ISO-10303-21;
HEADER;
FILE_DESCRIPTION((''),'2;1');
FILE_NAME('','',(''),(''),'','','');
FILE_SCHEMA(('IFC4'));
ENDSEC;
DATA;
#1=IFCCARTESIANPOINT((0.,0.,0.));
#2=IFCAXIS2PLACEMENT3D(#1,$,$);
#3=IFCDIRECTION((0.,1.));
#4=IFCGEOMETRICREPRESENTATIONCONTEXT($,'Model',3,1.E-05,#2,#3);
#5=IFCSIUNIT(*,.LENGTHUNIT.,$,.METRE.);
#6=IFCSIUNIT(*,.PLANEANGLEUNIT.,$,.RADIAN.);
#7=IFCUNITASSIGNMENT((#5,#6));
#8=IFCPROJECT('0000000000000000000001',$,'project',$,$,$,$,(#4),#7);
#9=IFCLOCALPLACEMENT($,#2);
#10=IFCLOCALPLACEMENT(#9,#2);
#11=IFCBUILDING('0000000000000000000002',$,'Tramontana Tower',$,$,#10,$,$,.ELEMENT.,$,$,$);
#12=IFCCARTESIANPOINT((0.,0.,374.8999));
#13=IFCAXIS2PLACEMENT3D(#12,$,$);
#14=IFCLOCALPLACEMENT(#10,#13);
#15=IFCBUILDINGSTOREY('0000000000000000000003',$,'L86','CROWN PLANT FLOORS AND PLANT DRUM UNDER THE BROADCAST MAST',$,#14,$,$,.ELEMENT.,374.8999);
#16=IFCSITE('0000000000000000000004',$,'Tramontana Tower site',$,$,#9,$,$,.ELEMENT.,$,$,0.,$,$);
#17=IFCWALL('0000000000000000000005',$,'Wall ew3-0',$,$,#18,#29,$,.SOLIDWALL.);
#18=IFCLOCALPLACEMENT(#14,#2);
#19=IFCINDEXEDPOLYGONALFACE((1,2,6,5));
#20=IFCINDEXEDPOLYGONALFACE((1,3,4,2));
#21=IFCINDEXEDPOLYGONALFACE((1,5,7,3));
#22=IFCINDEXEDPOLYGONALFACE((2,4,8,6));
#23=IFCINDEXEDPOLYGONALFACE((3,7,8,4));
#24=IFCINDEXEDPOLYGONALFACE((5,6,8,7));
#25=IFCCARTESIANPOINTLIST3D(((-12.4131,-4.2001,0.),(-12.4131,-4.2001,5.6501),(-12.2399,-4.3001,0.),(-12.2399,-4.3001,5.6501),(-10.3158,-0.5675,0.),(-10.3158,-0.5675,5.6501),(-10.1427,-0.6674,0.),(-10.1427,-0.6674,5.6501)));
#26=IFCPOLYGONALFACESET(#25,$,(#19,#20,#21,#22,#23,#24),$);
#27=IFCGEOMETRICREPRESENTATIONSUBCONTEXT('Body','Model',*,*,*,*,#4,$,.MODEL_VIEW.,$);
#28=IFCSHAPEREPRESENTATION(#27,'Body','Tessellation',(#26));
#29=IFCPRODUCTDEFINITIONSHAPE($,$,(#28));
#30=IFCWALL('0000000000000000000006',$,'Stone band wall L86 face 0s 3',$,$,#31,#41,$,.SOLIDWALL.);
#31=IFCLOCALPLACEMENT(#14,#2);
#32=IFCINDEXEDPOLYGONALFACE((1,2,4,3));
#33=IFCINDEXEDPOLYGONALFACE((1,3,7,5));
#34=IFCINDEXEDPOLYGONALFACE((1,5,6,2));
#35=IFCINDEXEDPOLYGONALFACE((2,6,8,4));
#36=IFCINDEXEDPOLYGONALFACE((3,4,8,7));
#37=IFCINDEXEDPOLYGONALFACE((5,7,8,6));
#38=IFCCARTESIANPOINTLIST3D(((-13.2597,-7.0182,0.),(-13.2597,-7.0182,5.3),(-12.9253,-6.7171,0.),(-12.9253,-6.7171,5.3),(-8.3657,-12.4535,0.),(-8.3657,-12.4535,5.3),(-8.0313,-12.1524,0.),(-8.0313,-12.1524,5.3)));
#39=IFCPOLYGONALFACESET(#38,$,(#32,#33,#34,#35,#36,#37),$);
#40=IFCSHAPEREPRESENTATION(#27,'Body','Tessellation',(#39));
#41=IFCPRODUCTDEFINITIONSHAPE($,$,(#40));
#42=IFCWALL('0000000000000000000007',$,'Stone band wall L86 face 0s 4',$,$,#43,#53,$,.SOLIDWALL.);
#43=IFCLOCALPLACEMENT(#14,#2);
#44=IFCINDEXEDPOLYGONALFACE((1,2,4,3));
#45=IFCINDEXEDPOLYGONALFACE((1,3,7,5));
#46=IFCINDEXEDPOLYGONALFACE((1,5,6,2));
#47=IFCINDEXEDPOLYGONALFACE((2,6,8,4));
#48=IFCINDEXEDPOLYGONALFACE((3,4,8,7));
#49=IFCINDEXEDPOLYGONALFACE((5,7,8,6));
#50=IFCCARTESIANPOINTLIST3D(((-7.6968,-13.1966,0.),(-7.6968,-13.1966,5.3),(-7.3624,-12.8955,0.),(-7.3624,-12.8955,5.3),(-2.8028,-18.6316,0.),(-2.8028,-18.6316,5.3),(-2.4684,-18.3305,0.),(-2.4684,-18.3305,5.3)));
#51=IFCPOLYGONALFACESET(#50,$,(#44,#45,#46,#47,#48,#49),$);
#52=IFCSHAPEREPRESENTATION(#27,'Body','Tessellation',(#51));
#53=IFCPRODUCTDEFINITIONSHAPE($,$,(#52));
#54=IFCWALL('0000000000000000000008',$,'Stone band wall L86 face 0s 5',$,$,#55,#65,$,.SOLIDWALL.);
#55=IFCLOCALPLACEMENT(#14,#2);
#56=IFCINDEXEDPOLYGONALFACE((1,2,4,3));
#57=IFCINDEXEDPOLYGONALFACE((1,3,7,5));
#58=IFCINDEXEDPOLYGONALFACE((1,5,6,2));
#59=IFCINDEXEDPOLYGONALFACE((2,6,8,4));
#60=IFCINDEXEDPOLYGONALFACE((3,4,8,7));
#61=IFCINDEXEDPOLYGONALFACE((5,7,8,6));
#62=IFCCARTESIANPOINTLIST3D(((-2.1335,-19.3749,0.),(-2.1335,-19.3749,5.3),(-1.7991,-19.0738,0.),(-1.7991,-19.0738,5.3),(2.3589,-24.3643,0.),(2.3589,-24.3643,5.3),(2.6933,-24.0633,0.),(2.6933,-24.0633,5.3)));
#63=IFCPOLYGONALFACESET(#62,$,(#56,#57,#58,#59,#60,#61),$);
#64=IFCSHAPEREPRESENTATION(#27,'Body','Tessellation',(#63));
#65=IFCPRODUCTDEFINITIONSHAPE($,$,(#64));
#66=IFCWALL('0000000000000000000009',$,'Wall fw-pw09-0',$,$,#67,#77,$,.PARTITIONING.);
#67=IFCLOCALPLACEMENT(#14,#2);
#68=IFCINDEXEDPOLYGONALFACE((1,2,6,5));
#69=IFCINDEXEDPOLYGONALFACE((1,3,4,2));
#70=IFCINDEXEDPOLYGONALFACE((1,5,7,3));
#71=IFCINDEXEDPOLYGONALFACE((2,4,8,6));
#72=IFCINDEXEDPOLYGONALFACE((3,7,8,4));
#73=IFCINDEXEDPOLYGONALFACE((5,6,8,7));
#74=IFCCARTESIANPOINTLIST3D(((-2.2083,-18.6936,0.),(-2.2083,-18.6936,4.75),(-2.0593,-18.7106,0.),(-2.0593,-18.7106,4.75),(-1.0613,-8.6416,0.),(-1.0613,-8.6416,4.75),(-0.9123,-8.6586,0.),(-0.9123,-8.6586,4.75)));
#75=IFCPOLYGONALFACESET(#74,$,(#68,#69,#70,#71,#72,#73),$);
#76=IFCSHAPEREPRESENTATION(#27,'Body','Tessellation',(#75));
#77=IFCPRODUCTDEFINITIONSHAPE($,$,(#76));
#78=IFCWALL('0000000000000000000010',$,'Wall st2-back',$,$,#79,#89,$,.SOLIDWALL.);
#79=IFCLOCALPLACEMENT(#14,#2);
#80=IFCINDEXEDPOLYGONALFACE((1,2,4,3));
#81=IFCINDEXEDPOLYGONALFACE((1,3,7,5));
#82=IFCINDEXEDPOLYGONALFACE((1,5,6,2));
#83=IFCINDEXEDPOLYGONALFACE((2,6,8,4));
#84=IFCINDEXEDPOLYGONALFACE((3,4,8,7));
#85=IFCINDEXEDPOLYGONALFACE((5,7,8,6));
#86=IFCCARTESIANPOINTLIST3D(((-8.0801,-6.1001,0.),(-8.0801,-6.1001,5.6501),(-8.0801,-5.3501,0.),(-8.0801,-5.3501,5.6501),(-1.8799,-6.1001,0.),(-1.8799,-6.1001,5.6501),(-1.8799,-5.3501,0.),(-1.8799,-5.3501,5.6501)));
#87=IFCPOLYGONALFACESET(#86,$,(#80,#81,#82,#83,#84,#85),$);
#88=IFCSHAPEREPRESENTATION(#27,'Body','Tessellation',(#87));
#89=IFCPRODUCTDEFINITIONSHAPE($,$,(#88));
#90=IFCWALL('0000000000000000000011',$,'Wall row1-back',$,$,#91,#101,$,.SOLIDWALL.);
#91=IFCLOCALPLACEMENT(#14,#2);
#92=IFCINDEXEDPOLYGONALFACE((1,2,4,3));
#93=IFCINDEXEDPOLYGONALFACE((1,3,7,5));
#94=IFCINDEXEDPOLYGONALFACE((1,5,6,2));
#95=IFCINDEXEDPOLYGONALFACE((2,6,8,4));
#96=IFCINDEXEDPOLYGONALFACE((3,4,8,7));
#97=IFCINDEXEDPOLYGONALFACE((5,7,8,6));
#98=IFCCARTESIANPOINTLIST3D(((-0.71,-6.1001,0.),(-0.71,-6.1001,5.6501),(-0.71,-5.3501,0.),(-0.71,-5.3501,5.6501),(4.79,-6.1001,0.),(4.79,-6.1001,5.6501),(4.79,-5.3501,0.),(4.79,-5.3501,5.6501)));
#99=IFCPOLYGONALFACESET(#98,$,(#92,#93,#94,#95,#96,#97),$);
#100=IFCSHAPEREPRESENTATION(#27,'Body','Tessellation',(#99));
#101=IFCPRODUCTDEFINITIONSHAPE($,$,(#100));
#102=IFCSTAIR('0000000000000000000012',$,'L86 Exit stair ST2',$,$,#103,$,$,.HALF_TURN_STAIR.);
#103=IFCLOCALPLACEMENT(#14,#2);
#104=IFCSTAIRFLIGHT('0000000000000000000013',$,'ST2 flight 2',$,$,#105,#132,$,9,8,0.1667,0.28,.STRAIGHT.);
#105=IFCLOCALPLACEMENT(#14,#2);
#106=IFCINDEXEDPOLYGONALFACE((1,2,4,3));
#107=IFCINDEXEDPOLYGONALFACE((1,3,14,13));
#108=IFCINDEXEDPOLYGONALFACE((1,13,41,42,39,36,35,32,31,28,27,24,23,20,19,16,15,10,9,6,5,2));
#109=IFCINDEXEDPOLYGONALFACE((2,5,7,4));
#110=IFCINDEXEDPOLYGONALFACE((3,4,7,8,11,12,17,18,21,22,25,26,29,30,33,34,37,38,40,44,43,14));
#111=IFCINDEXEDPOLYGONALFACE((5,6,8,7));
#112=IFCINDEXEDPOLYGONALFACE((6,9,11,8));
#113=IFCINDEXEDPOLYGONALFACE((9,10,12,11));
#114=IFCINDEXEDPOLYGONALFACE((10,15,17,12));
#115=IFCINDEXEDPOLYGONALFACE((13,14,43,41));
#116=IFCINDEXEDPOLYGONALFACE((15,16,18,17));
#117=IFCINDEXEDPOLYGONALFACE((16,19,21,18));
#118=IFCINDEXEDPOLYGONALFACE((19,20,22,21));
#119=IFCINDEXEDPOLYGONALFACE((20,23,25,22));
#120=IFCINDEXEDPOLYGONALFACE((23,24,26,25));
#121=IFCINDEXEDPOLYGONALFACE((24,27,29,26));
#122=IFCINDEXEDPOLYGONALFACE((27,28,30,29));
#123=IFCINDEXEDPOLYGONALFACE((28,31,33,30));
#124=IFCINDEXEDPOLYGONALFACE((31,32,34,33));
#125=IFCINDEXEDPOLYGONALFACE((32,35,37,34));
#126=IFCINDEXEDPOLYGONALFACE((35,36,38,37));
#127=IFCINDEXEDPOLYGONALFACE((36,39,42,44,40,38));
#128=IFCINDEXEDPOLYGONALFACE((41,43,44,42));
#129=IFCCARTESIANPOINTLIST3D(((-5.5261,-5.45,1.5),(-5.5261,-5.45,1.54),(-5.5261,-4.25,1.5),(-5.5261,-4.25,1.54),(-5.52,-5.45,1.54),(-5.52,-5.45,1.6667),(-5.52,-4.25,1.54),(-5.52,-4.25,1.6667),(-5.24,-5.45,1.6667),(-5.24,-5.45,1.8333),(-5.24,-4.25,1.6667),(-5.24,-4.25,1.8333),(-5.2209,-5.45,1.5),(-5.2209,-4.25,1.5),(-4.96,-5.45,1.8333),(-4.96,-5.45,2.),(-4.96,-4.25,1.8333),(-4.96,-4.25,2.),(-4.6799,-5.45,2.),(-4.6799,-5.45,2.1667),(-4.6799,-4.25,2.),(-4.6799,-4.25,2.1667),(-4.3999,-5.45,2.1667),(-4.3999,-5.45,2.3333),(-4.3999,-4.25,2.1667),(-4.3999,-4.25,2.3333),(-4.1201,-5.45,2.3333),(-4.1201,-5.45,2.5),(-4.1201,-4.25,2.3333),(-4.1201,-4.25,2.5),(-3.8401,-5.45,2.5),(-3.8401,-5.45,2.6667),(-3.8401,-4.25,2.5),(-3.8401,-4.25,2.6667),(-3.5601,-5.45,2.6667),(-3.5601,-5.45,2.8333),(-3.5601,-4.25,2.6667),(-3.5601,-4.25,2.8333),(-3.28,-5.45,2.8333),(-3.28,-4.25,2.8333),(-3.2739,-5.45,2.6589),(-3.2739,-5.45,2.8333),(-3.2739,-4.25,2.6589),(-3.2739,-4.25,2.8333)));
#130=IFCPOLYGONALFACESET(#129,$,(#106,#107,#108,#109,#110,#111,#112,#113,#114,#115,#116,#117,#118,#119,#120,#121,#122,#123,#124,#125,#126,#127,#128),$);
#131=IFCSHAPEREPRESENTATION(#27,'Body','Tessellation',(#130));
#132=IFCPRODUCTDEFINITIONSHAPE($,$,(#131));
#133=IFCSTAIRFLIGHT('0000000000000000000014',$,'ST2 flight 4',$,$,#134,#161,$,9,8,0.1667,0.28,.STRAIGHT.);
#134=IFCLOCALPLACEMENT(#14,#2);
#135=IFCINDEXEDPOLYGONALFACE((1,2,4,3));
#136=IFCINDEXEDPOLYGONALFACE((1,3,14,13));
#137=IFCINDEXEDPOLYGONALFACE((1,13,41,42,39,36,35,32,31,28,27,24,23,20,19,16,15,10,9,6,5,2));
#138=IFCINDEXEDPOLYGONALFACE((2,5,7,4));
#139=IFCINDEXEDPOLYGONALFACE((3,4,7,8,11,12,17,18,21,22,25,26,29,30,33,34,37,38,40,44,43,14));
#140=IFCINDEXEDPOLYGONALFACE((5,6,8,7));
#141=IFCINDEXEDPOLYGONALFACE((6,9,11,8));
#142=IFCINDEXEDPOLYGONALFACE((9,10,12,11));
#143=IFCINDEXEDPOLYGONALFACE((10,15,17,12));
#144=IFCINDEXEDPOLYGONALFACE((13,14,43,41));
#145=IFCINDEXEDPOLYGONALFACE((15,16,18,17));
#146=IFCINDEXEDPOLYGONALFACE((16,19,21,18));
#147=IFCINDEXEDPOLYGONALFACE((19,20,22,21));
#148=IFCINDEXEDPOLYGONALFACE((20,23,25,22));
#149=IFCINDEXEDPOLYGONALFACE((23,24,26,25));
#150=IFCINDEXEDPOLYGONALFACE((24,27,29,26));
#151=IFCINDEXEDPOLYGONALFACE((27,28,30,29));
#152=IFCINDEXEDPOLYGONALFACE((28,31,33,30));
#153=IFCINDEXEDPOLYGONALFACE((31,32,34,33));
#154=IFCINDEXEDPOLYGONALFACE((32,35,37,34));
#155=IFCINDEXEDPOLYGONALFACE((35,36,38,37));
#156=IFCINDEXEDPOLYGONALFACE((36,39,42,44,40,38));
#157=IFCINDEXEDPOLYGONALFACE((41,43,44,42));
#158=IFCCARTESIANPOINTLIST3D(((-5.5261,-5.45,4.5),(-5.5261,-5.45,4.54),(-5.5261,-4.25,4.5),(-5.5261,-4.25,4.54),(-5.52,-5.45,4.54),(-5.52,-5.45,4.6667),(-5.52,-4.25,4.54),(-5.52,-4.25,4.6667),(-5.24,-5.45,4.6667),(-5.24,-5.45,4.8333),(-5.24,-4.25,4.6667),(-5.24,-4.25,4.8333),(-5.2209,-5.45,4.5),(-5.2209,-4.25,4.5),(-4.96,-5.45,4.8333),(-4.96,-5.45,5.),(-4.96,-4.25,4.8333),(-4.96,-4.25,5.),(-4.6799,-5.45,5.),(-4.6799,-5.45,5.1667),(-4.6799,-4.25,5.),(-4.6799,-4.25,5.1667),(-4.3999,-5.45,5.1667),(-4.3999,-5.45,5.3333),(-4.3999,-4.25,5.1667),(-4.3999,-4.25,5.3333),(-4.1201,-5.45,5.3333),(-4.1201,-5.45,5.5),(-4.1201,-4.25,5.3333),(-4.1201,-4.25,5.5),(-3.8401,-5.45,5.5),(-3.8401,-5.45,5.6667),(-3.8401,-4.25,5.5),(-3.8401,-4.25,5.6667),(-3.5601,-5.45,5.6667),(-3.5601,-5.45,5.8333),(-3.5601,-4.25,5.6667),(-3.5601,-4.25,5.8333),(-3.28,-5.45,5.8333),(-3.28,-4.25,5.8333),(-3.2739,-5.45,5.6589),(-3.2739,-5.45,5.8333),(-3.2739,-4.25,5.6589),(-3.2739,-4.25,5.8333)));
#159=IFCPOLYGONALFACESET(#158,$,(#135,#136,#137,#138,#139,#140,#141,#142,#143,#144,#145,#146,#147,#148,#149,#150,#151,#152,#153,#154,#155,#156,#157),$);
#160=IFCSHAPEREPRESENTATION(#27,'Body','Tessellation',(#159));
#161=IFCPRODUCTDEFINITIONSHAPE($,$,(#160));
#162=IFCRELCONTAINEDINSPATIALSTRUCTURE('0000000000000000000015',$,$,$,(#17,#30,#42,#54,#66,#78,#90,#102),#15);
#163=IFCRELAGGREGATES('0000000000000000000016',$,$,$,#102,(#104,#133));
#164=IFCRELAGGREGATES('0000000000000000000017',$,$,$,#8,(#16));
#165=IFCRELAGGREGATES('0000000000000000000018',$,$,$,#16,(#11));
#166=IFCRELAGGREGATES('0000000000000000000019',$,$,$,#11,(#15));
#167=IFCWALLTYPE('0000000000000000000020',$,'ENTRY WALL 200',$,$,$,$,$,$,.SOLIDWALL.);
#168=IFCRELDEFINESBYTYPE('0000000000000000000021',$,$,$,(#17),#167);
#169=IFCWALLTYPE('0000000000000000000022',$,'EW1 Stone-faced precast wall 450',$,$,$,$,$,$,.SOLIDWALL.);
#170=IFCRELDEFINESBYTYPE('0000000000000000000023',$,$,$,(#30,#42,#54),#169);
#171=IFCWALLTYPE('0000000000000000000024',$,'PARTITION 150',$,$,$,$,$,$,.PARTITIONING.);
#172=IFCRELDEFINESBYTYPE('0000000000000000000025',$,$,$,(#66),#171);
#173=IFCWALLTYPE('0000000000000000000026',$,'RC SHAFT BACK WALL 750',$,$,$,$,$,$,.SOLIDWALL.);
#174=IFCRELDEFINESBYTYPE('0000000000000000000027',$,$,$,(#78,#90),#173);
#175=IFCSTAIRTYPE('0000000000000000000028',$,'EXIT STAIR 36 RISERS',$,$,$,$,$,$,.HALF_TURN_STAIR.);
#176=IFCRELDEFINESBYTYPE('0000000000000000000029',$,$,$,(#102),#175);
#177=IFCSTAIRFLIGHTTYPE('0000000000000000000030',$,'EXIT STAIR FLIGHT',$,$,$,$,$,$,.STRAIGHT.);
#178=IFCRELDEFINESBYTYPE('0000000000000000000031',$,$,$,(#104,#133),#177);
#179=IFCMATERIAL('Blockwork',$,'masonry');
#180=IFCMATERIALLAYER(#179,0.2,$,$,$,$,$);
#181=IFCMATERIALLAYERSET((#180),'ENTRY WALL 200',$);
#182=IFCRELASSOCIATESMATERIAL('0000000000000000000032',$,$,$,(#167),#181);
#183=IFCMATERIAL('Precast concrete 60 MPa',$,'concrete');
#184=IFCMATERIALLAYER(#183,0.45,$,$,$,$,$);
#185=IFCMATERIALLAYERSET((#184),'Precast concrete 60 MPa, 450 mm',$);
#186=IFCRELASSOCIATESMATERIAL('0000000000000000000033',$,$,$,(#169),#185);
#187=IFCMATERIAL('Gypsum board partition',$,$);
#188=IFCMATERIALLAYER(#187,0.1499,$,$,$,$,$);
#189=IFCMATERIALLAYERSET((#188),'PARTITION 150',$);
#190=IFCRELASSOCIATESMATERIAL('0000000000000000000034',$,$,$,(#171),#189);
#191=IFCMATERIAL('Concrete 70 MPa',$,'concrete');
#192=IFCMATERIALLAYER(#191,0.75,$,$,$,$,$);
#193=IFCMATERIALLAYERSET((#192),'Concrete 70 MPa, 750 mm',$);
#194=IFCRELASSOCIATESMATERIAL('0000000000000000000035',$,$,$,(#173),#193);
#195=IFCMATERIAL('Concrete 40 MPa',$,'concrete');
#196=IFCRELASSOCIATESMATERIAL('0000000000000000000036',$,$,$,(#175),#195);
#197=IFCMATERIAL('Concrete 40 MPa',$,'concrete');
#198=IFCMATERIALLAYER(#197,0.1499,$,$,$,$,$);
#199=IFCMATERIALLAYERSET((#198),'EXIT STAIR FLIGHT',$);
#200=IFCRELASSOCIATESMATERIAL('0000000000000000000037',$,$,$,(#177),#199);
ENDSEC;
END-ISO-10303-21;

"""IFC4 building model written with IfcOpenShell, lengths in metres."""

from ifc_helpers import new_model, si_unit, direction, frame, frame_2d, origin, place, context, subcontext, project, spatial, polyline, rectangle, outline, extrude, material, layer, layer_set, type_object, element, aggregate, save


model = new_model("IFC4")

# Units and contexts
model_context = context("Model", 3, precision=1e-05, world=origin(), true_north=direction((0.0, 1.0)))
body_context = subcontext(model_context, "Body", "Model", "MODEL_VIEW")
ifc_project = project(units=[si_unit("LENGTHUNIT", "METRE"), si_unit("PLANEANGLEUNIT", "RADIAN")], contexts=[model_context])

# Site, building, storey
site_placement = place(None, origin())
site = spatial("IfcSite", under=ifc_project, at=site_placement, Name="Tramontana Tower site", CompositionType="ELEMENT", RefElevation=0.0)
building_placement = place(site_placement, origin())
building = spatial("IfcBuilding", under=site, at=building_placement, Name="Tramontana Tower", CompositionType="ELEMENT")
storey_placement = place(building_placement, frame((0.0, 0.0, 374.8999)))
storey = spatial("IfcBuildingStorey", under=building, at=storey_placement, Name="L86", Description="CROWN PLANT FLOORS AND PLANT DRUM UNDER THE BROADCAST MAST", CompositionType="ELEMENT", Elevation=374.8999)

# Shared definitions
ifc_material_1 = material(Name="Blockwork", Category="masonry")
ifc_layer_1 = layer(ifc_material_1, 0.2)
ifc_layer_set_1 = layer_set([ifc_layer_1], Name="ENTRY WALL 200")
wall_type_1 = type_object("IfcWallType", Name="ENTRY WALL 200", PredefinedType="SOLIDWALL", material=ifc_layer_set_1)

# Walls
wall_1_placement = place(storey_placement, frame((-12.3264, -4.25, 0.0), z_axis=(0.0, 0.0, 1.0), x_axis=(0.499983, 0.866035, 0.0)))
element("IfcWall", 1, at=wall_1_placement, inside=storey, type_object=wall_type_1, Name="Wall ew3-0", PredefinedType="SOLIDWALL", context=body_context, shape_type="SweptSolid", body=[
    extrude(rectangle(XDim=4.1946, YDim=0.2, at=frame_2d((2.0972, 0.0))), origin(), (0.0, 0.0, 1.0), 5.6501),
])
ifc_material_2 = material(Name="Precast concrete 60 MPa", Category="concrete")
ifc_layer_2 = layer(ifc_material_2, 0.45)
ifc_layer_set_2 = layer_set([ifc_layer_2], Name="Precast concrete 60 MPa, 450 mm")
wall_type_2 = type_object("IfcWallType", Name="EW1 Stone-faced precast wall 450", PredefinedType="SOLIDWALL", material=ifc_layer_set_2)
wall_2_placement = place(storey_placement, frame((-13.0925, -6.8677, 0.0), z_axis=(0.0, 0.0, 1.0), x_axis=(0.669136, -0.74314, 0.0)))
element("IfcWall", 2, at=wall_2_placement, inside=storey, type_object=wall_type_2, Name="Stone band wall L86 face 0s 3", PredefinedType="SOLIDWALL", context=body_context, shape_type="SweptSolid", body=[
    extrude(rectangle(XDim=7.314, YDim=0.45, at=frame_2d((3.657, 0.0))), origin(), (0.0, 0.0, 1.0), 5.3),
])
wall_3_placement = place(storey_placement, frame((-7.5295, -13.0461, 0.0), z_axis=(0.0, 0.0, 1.0), x_axis=(0.669153, -0.743125, 0.0)))
element("IfcWall", 3, at=wall_3_placement, inside=storey, type_object=wall_type_2, Name="Stone band wall L86 face 0s 4", PredefinedType="SOLIDWALL", context=body_context, shape_type="SweptSolid", body=[
    extrude(rectangle(XDim=7.3137, YDim=0.45, at=frame_2d((3.6567, 0.0))), origin(), (0.0, 0.0, 1.0), 5.3),
])
wall_4_placement = place(storey_placement, frame((-1.9663, -19.2244, 0.0), z_axis=(0.0, 0.0, 1.0), x_axis=(0.669119, -0.743155, 0.0)))
element("IfcWall", 4, at=wall_4_placement, inside=storey, type_object=wall_type_2, Name="Stone band wall L86 face 0s 5", PredefinedType="SOLIDWALL", context=body_context, shape_type="SweptSolid", body=[
    extrude(rectangle(XDim=6.7139, YDim=0.45, at=frame_2d((3.3569, 0.0))), origin(), (0.0, 0.0, 1.0), 5.3),
])
ifc_material_3 = material(Name="Gypsum board partition")
ifc_layer_3 = layer(ifc_material_3, 0.1499)
ifc_layer_set_3 = layer_set([ifc_layer_3], Name="PARTITION 150")
wall_type_3 = type_object("IfcWallType", Name="PARTITION 150", PredefinedType="PARTITIONING", material=ifc_layer_set_3)
wall_5_placement = place(storey_placement, frame((-0.9868, -8.6501, 0.0), z_axis=(0.0, 0.0, 1.0), x_axis=(-0.113368, -0.993553, 0.0)))
element("IfcWall", 5, at=wall_5_placement, inside=storey, type_object=wall_type_3, Name="Wall fw-pw09-0", PredefinedType="PARTITIONING", context=body_context, shape_type="SweptSolid", body=[
    extrude(rectangle(XDim=10.1172, YDim=0.1499, at=frame_2d((5.0586, 0.0))), origin(), (0.0, 0.0, 1.0), 4.75),
])
ifc_material_4 = material(Name="Concrete 70 MPa", Category="concrete")
ifc_layer_4 = layer(ifc_material_4, 0.75)
ifc_layer_set_4 = layer_set([ifc_layer_4], Name="Concrete 70 MPa, 750 mm")
wall_type_4 = type_object("IfcWallType", Name="RC SHAFT BACK WALL 750", PredefinedType="SOLIDWALL", material=ifc_layer_set_4)
wall_6_placement = place(storey_placement, frame((-8.0801, -5.7251, 0.0), z_axis=(0.0, 0.0, 1.0), x_axis=(1.0, 0.0, 0.0)))
element("IfcWall", 6, at=wall_6_placement, inside=storey, type_object=wall_type_4, Name="Wall st2-back", PredefinedType="SOLIDWALL", context=body_context, shape_type="SweptSolid", body=[
    extrude(rectangle(XDim=6.2002, YDim=0.75, at=frame_2d((3.1001, 0.0))), origin(), (0.0, 0.0, 1.0), 5.6501),
])
wall_7_placement = place(storey_placement, frame((-0.71, -5.7251, 0.0), z_axis=(0.0, 0.0, 1.0), x_axis=(1.0, 0.0, 0.0)))
element("IfcWall", 7, at=wall_7_placement, inside=storey, type_object=wall_type_4, Name="Wall row1-back", PredefinedType="SOLIDWALL", context=body_context, shape_type="SweptSolid", body=[
    extrude(rectangle(XDim=5.5, YDim=0.75, at=frame_2d((2.75, 0.0))), origin(), (0.0, 0.0, 1.0), 5.6501),
])

# Stair, stair flights
ifc_material_5 = material(Name="Concrete 40 MPa", Category="concrete")
stair_type = type_object("IfcStairType", Name="EXIT STAIR 36 RISERS", PredefinedType="HALF_TURN_STAIR", material=ifc_material_5)
stair_placement = place(storey_placement, origin())
stair = element("IfcStair", 8, at=stair_placement, inside=storey, type_object=stair_type, Name="L86 Exit stair ST2", PredefinedType="HALF_TURN_STAIR")
ifc_material_6 = material(Name="Concrete 40 MPa", Category="concrete")
ifc_layer_5 = layer(ifc_material_6, 0.1499)
ifc_layer_set_5 = layer_set([ifc_layer_5], Name="EXIT STAIR FLIGHT")
stair_flight_type = type_object("IfcStairFlightType", Name="EXIT STAIR FLIGHT", PredefinedType="STRAIGHT", material=ifc_layer_set_5)
stair_flight_1_placement = place(storey_placement, frame((-5.52, -4.8501, 1.5), z_axis=(0.0, 0.0, 1.0), x_axis=(1.0, 0.0, 0.0)))
stair_flight_1 = element("IfcStairFlight", 9, at=stair_flight_1_placement, type_object=stair_flight_type, Name="ST2 flight 2", NumberOfRisers=9, NumberOfTreads=8, PredefinedType="STRAIGHT", RiserHeight=0.1667, TreadLength=0.28, context=body_context, shape_type="SweptSolid", body=[
    extrude(outline(polyline([(-0.0061, 0.0), (-0.0061, 0.04), (0.0, 0.04), (0.0, 0.1667), (0.28, 0.1667), (0.28, 0.3333), (0.5601, 0.3333), (0.5601, 0.5), (0.8401, 0.5), (0.8401, 0.6667), (1.1201, 0.6667), (1.1201, 0.8333), (1.3999, 0.8333), (1.3999, 1.0), (1.6799, 1.0), (1.6799, 1.1667), (1.96, 1.1667), (1.96, 1.3333), (2.24, 1.3333), (2.2461, 1.3333), (2.2461, 1.1589), (0.2991, 0.0), (-0.0061, 0.0)])), frame((0.0, 0.6001, 0.0), z_axis=(0.0, -1.0, 0.0), x_axis=(1.0, 0.0, 0.0)), (0.0, 0.0, 1.0), 1.2),
])
stair_flight_2_placement = place(storey_placement, frame((-5.52, -4.8501, 4.5), z_axis=(0.0, 0.0, 1.0), x_axis=(1.0, 0.0, 0.0)))
stair_flight_2 = element("IfcStairFlight", 10, at=stair_flight_2_placement, type_object=stair_flight_type, Name="ST2 flight 4", NumberOfRisers=9, NumberOfTreads=8, PredefinedType="STRAIGHT", RiserHeight=0.1667, TreadLength=0.28, context=body_context, shape_type="SweptSolid", body=[
    extrude(outline(polyline([(-0.0061, 0.0), (-0.0061, 0.04), (0.0, 0.04), (0.0, 0.1667), (0.28, 0.1667), (0.28, 0.3333), (0.5601, 0.3333), (0.5601, 0.5), (0.8401, 0.5), (0.8401, 0.6667), (1.1201, 0.6667), (1.1201, 0.8333), (1.3999, 0.8333), (1.3999, 1.0), (1.6799, 1.0), (1.6799, 1.1667), (1.96, 1.1667), (1.96, 1.3333), (2.24, 1.3333), (2.2461, 1.3333), (2.2461, 1.1589), (0.2991, 0.0), (-0.0061, 0.0)])), frame((0.0, 0.6001, 0.0), z_axis=(0.0, -1.0, 0.0), x_axis=(1.0, 0.0, 0.0)), (0.0, 0.0, 1.0), 1.2),
])
aggregate(stair, [stair_flight_1, stair_flight_2])

save(model, "model.ifc")
